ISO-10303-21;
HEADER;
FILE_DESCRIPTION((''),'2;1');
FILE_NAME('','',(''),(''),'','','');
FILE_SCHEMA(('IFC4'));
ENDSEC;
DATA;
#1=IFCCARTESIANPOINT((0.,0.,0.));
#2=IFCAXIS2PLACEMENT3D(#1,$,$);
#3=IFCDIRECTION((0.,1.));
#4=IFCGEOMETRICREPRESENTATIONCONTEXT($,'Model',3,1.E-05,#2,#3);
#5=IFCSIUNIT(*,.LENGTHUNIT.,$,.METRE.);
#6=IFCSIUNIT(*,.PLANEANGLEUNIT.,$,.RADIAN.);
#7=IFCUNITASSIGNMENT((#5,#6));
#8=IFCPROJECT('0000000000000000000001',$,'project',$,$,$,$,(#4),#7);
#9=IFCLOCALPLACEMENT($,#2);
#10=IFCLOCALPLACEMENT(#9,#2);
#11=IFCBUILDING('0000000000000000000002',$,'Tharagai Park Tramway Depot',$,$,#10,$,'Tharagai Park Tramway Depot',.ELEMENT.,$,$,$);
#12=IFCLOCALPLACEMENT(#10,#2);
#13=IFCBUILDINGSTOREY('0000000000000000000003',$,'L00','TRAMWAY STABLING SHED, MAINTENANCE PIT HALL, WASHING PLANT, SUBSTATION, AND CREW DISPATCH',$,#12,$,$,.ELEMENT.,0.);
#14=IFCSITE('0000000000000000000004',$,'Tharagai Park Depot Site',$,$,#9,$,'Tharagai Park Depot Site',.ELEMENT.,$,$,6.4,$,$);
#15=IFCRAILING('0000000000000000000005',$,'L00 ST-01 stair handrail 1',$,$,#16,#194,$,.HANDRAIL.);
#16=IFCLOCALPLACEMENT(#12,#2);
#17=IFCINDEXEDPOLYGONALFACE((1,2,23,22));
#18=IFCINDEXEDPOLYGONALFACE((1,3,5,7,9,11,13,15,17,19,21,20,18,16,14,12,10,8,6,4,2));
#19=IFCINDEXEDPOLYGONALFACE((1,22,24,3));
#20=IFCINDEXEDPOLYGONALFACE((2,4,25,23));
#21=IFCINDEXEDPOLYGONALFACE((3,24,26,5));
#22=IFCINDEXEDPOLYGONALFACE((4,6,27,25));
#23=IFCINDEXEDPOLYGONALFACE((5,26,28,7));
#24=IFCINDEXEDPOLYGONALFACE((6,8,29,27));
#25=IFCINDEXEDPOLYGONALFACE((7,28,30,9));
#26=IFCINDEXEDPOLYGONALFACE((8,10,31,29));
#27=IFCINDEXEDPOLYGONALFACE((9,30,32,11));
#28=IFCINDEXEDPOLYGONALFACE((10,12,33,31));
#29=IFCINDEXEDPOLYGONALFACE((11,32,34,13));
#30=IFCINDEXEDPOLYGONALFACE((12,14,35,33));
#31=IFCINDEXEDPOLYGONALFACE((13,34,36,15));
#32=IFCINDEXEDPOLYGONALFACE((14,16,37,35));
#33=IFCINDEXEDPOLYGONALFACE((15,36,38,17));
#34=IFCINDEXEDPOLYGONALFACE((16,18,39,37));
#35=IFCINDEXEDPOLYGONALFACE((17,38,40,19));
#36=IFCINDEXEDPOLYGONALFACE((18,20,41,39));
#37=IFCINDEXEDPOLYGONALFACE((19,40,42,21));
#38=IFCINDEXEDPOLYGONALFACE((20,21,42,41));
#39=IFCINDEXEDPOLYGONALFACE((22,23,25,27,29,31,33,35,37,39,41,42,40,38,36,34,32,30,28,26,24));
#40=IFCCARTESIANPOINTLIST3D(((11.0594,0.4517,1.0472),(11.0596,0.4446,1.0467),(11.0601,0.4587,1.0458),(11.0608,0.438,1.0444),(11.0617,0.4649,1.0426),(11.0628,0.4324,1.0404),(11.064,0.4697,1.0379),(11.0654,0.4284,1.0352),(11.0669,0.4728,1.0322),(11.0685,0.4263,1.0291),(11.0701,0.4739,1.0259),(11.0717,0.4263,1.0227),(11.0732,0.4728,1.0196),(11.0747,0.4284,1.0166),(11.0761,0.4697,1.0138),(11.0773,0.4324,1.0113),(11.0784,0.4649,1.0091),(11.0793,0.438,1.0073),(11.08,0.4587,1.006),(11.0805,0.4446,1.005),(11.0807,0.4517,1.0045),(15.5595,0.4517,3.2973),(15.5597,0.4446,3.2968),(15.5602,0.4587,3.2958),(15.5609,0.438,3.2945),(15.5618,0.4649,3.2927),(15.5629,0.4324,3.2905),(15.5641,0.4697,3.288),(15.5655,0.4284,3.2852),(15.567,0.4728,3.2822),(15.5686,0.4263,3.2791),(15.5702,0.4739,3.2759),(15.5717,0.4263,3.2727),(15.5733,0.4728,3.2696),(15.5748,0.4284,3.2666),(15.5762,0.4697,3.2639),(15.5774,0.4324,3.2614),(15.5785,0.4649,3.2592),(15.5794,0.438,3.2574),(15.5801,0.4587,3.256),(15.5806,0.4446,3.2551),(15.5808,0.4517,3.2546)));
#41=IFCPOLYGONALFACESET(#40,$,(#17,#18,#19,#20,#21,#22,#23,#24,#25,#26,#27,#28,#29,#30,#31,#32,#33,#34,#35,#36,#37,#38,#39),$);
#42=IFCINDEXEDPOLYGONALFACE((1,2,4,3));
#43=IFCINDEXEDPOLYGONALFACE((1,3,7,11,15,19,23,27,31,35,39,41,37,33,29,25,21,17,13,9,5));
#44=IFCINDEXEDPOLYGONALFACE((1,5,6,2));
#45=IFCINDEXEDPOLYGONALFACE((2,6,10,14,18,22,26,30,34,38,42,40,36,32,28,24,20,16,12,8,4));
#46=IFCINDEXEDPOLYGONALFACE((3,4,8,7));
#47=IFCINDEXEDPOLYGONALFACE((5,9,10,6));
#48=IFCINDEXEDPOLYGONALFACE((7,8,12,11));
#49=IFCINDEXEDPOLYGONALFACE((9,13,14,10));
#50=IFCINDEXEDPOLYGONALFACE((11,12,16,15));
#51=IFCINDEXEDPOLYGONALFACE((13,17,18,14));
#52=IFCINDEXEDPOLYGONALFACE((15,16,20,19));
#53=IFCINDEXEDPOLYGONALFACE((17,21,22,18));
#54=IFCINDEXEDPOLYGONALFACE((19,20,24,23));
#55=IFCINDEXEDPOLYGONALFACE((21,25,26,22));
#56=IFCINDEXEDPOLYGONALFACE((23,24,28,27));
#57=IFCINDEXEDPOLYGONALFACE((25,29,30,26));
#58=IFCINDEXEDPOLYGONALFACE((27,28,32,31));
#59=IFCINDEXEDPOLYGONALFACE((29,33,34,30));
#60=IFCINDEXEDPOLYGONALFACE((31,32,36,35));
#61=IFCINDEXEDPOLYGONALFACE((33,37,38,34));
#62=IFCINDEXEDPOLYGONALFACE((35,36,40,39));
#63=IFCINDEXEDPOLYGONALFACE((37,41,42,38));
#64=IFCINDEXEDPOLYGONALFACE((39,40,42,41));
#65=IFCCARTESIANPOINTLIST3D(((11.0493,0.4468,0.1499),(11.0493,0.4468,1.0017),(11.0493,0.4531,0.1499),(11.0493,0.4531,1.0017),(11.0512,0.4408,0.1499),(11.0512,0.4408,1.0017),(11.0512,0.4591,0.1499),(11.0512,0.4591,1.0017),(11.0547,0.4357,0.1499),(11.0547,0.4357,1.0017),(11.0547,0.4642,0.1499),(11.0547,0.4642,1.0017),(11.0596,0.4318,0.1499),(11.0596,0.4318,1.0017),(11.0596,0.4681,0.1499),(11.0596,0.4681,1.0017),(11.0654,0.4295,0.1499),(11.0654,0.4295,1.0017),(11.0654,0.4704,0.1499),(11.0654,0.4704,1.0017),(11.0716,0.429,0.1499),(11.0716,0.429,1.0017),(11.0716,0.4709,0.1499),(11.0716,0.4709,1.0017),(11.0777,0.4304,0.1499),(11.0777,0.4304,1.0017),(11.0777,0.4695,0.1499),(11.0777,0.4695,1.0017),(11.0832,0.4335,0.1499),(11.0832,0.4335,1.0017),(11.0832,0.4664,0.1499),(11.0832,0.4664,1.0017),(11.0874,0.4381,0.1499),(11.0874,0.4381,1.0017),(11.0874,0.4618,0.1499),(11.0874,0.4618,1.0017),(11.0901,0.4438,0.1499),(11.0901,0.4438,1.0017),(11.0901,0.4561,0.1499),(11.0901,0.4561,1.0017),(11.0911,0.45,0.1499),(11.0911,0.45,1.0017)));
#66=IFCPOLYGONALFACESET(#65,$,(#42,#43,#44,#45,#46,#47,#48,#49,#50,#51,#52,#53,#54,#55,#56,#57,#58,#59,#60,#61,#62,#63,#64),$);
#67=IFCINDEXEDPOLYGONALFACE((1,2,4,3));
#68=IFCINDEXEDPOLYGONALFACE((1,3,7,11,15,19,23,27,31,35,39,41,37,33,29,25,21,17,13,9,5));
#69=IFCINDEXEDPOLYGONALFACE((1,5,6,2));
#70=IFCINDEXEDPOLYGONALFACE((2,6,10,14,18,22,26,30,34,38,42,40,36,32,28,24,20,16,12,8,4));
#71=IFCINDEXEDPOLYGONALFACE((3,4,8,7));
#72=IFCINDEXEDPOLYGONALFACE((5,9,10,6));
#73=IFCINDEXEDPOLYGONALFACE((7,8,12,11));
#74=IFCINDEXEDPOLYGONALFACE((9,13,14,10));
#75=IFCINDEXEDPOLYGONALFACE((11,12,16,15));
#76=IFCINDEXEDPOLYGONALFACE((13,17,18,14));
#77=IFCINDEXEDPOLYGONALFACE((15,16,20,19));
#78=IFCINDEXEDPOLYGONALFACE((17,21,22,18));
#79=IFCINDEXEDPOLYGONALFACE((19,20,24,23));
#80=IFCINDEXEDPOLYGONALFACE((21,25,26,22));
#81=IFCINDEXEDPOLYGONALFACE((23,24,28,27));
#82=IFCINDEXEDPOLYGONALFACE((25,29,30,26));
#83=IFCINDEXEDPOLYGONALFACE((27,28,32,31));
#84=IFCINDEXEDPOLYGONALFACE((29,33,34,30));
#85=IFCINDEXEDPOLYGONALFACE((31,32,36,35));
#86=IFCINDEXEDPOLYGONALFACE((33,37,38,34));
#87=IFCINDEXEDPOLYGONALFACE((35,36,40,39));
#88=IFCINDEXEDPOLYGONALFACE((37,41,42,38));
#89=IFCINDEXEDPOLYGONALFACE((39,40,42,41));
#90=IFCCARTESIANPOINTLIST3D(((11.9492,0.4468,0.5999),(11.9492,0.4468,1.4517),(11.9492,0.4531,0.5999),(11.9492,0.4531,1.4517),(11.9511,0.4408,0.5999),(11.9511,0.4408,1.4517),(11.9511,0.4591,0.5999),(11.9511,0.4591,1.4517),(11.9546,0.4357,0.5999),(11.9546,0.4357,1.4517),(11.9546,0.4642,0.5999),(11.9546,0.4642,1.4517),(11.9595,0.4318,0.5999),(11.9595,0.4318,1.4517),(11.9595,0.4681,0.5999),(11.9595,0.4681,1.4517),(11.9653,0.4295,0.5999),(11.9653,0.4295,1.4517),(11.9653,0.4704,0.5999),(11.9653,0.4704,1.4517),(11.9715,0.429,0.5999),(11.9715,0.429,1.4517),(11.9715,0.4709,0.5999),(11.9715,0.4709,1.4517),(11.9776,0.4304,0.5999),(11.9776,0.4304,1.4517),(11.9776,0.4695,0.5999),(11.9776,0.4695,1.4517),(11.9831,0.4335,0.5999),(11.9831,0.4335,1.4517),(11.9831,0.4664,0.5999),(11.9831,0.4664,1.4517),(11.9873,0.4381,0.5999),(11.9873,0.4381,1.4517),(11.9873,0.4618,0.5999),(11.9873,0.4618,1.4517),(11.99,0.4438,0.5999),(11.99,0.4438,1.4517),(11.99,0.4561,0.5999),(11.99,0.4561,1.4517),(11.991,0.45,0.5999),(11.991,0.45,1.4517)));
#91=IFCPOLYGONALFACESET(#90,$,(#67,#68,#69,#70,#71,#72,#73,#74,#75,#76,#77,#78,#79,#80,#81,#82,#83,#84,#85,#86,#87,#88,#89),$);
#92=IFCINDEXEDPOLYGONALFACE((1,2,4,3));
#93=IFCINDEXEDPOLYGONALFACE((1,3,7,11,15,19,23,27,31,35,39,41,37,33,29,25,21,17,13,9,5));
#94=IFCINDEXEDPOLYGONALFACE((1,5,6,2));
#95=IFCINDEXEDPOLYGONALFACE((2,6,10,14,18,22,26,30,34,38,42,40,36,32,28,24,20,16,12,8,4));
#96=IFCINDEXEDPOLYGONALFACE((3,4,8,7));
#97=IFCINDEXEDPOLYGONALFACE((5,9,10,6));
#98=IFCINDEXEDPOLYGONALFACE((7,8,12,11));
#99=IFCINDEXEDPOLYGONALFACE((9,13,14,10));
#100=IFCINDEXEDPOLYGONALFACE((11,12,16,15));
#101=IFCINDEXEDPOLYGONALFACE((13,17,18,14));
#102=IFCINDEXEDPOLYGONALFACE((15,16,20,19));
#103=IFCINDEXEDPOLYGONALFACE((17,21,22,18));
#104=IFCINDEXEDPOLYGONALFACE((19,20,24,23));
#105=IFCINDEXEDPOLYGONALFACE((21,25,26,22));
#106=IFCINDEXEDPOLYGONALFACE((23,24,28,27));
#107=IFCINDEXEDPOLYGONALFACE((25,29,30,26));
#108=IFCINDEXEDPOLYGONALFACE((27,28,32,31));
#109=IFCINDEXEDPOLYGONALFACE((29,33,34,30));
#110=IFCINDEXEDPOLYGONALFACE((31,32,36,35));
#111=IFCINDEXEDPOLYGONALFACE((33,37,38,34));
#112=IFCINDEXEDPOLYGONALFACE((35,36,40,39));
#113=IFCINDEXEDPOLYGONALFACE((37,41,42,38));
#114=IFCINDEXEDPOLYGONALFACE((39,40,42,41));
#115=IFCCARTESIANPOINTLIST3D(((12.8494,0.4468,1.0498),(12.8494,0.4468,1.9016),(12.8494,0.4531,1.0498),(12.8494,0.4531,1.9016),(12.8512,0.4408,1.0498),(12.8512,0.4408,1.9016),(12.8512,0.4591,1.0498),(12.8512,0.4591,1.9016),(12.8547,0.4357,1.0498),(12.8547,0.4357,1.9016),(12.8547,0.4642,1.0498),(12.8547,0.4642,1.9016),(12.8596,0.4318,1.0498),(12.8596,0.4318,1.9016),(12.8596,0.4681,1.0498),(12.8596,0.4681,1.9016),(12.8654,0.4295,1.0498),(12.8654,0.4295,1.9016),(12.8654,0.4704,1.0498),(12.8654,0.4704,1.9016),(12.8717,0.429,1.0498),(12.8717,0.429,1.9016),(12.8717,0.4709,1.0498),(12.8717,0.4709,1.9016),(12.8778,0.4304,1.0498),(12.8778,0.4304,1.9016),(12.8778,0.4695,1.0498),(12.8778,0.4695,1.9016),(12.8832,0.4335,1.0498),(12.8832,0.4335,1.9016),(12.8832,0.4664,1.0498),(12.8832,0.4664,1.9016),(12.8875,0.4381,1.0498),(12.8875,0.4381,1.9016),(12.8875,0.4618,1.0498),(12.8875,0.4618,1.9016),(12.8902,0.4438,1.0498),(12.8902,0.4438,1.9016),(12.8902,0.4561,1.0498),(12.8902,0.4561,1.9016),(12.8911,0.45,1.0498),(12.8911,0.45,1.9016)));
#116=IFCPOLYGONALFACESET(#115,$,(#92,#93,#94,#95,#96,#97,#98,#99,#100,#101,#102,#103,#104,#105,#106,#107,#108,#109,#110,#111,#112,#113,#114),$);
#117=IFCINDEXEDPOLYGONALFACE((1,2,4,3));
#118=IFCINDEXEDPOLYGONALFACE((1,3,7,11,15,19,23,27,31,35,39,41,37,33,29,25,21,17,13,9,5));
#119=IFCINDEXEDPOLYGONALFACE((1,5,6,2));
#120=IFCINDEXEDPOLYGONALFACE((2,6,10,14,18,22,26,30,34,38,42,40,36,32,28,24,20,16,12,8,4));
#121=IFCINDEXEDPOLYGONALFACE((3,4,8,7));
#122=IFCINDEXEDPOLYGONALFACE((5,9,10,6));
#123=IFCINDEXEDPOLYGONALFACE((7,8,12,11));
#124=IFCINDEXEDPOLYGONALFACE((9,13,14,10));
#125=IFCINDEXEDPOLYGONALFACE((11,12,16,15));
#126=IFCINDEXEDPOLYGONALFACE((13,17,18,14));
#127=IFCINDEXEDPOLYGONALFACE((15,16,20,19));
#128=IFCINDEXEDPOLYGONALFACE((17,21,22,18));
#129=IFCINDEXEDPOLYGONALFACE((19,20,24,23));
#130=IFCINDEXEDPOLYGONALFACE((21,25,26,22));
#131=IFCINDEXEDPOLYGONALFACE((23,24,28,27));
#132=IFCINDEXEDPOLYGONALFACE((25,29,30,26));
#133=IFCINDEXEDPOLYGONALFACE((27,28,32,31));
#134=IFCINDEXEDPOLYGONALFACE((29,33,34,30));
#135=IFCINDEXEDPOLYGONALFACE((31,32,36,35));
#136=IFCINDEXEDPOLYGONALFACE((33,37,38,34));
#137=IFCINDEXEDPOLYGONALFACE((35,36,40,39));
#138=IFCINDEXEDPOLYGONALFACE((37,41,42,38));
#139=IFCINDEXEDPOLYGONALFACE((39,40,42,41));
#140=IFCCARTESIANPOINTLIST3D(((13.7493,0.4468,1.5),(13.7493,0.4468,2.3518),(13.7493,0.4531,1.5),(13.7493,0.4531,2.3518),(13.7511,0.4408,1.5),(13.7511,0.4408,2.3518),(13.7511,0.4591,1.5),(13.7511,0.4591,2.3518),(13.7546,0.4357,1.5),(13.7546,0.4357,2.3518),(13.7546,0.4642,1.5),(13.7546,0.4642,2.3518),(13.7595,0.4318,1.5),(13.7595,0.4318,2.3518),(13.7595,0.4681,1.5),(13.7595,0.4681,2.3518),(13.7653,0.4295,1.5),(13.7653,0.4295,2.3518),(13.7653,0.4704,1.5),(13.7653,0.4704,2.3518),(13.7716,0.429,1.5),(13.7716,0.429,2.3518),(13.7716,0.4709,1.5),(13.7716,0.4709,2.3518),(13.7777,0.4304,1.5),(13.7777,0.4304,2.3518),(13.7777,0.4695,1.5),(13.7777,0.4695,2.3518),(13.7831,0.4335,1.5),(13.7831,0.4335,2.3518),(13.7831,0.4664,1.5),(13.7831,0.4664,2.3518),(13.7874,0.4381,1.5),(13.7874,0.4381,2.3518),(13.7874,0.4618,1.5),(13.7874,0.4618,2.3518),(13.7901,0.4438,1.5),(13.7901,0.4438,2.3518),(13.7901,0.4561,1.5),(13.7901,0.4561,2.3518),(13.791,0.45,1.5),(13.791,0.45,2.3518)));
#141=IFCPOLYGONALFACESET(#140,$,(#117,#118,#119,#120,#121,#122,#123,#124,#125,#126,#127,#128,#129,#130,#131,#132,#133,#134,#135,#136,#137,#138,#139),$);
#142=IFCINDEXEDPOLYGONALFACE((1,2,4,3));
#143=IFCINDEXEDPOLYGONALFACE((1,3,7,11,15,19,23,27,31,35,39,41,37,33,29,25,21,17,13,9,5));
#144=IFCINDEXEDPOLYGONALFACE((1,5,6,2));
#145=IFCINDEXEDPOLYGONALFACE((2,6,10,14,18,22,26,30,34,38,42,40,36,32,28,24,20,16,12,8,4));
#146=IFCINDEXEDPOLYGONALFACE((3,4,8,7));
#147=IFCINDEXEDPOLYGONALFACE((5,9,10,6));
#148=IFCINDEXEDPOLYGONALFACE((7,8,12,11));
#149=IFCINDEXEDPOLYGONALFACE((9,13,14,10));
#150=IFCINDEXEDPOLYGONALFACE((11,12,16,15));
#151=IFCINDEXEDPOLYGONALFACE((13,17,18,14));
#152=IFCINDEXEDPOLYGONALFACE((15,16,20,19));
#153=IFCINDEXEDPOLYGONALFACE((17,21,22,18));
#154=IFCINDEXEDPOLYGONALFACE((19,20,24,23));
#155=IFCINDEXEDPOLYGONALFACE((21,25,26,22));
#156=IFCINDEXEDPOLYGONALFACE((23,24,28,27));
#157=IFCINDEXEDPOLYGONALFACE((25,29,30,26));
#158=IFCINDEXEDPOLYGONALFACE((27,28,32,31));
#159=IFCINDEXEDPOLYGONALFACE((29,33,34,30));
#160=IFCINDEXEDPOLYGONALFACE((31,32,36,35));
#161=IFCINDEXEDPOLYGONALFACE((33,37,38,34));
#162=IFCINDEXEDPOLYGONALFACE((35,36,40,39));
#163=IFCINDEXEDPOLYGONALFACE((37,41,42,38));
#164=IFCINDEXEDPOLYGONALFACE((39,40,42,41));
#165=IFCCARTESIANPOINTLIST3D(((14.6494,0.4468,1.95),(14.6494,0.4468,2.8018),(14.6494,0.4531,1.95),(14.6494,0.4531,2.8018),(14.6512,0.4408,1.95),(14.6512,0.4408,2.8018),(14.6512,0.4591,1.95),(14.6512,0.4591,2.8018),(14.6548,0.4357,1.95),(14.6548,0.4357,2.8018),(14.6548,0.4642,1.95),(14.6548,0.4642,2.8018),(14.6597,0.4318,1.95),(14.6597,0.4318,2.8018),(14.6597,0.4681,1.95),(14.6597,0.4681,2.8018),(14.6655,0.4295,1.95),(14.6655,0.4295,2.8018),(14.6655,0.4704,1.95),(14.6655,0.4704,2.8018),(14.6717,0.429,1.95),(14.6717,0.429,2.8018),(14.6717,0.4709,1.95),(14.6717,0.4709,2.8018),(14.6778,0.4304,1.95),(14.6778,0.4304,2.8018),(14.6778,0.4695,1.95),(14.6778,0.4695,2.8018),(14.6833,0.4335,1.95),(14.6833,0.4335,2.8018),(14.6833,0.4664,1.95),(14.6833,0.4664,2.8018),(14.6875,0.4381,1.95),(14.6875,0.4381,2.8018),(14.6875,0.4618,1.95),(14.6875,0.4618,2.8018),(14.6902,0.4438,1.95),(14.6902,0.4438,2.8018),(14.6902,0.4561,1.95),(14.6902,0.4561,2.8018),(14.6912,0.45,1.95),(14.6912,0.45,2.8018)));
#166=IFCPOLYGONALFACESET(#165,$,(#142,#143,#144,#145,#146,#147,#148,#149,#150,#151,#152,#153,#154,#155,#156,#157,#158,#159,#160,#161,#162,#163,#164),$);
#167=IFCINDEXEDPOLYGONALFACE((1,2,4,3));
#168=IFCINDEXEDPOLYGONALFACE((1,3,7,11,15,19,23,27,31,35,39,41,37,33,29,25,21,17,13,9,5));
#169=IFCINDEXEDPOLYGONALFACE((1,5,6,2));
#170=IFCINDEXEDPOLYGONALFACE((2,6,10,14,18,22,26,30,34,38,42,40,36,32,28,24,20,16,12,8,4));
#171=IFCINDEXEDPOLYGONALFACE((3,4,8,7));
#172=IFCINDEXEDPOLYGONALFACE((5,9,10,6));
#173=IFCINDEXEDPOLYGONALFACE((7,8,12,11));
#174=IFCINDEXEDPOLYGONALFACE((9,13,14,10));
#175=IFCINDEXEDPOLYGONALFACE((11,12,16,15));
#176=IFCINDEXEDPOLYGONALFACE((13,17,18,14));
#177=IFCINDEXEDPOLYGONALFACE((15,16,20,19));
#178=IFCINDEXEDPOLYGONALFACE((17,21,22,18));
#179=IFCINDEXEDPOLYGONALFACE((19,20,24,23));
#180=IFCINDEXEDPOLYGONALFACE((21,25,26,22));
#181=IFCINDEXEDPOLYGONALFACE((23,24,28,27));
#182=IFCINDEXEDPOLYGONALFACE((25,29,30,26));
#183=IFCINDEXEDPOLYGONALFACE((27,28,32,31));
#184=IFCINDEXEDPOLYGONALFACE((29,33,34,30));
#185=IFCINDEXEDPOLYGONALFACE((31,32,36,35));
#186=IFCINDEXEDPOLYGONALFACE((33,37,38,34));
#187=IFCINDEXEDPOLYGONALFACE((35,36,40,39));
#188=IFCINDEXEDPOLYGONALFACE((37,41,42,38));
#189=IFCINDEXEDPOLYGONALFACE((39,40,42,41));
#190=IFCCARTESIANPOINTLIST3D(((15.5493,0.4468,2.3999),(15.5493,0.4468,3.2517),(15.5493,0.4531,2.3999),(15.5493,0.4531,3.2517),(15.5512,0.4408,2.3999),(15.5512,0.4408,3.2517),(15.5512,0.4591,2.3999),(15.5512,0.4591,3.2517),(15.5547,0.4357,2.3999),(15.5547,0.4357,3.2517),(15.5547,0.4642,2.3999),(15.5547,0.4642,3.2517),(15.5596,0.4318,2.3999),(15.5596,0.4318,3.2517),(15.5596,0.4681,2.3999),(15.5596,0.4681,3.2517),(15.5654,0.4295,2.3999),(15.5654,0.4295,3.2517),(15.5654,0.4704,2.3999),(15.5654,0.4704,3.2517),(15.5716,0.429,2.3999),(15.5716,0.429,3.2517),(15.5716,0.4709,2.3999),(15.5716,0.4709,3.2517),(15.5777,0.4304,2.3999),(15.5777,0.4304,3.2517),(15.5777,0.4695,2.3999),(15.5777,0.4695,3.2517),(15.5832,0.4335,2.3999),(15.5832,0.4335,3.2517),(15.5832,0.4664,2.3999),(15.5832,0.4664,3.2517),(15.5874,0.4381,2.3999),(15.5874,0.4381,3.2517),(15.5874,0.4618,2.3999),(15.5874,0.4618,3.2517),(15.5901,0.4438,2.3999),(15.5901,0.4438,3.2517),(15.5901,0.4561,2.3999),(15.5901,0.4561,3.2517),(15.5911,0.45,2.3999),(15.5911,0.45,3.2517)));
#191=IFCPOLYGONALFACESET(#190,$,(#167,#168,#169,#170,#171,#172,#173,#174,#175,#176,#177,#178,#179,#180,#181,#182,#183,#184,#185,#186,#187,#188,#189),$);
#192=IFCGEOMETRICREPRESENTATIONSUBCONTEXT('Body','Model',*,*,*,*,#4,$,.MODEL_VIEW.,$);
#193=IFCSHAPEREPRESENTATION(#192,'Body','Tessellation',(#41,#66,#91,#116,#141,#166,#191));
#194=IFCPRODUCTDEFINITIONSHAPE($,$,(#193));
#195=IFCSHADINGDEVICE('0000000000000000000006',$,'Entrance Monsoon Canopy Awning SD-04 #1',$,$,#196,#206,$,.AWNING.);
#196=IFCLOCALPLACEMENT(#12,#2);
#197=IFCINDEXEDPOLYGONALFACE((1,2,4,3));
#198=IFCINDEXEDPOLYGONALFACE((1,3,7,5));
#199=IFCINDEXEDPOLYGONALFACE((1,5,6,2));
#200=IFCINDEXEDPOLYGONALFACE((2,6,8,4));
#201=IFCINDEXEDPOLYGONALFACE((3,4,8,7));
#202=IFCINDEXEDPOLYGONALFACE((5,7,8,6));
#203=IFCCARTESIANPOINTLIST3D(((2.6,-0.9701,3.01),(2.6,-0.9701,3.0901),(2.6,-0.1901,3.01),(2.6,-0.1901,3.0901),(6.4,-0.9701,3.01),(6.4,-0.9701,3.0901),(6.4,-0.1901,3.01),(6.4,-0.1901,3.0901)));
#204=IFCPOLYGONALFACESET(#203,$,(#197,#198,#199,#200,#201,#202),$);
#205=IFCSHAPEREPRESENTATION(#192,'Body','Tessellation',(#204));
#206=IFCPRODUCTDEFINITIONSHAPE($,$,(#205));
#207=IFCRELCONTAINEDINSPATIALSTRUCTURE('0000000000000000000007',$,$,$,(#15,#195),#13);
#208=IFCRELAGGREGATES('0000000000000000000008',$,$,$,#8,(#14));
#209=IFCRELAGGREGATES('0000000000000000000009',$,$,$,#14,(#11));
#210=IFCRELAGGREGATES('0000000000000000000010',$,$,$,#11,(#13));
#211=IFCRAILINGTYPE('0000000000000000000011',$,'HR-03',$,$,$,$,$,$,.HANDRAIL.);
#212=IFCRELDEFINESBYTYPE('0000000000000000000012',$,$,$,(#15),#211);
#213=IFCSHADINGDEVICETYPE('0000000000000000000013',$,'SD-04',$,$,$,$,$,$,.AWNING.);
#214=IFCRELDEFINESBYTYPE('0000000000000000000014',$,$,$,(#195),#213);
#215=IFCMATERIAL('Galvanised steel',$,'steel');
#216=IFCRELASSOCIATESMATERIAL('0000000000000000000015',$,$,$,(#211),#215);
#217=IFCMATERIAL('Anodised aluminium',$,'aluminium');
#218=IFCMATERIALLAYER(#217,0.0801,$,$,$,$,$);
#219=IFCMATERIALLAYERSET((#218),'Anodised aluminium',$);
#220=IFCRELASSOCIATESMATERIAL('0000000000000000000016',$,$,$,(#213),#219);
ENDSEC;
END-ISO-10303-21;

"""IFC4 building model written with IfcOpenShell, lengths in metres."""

from ifc_helpers import new_model, si_unit, direction, frame, origin, origin_2d, place, context, subcontext, project, spatial, rectangle, circle, extrude, material, layer, layer_set, type_object, element, save


model = new_model("IFC4")

# Units and contexts
model_context = context("Model", 3, precision=1e-05, world=origin(), true_north=direction((0.0, 1.0)))
body_context = subcontext(model_context, "Body", "Model", "MODEL_VIEW")
ifc_project = project(units=[si_unit("LENGTHUNIT", "METRE"), si_unit("PLANEANGLEUNIT", "RADIAN")], contexts=[model_context])

# Site, building, storey
site_placement = place(None, origin())
site = spatial("IfcSite", under=ifc_project, at=site_placement, Name="Tharagai Park Depot Site", LongName="Tharagai Park Depot Site", CompositionType="ELEMENT", RefElevation=6.4)
building_placement = place(site_placement, origin())
building = spatial("IfcBuilding", under=site, at=building_placement, Name="Tharagai Park Tramway Depot", LongName="Tharagai Park Tramway Depot", CompositionType="ELEMENT")
storey_placement = place(building_placement, origin())
storey = spatial("IfcBuildingStorey", under=building, at=storey_placement, Name="L00", Description="TRAMWAY STABLING SHED, MAINTENANCE PIT HALL, WASHING PLANT, SUBSTATION, AND CREW DISPATCH", CompositionType="ELEMENT", Elevation=0.0)

# Shared definitions
ifc_material_1 = material(Name="Anodised aluminium", Category="aluminium")

# Shared definitions
ifc_material_2 = material(Name="Galvanised steel", Category="steel")

# Railing
railing_type_1 = type_object("IfcRailingType", Name="HR-03", PredefinedType="HANDRAIL", material=ifc_material_2)
railing_1_placement = place(storey_placement, frame((11.0701, 0.45, 0.1499)))
element("IfcRailing", 1, at=railing_1_placement, inside=storey, type_object=railing_type_1, Name="L00 ST-01 stair handrail 1", PredefinedType="HANDRAIL", context=body_context, shape_type="SweptSolid", body=[
    extrude(circle(Radius=0.0239, at=origin_2d()), frame((0.0, 0.0, 0.876), z_axis=(0.894427, 0.0, 0.447214), x_axis=(0.0, 1.0, 0.0)), (0.0, 0.0, 1.0), 5.0312),
    extrude(circle(Radius=0.021, at=origin_2d()), origin(), (0.0, 0.0, 1.0), 0.8518),
    extrude(circle(Radius=0.021, at=origin_2d()), frame((0.8999, 0.0, 0.45)), (0.0, 0.0, 1.0), 0.8518),
    extrude(circle(Radius=0.021, at=origin_2d()), frame((1.8, 0.0, 0.8999)), (0.0, 0.0, 1.0), 0.8518),
    extrude(circle(Radius=0.021, at=origin_2d()), frame((2.7, 0.0, 1.3501)), (0.0, 0.0, 1.0), 0.8518),
    extrude(circle(Radius=0.021, at=origin_2d()), frame((3.6001, 0.0, 1.8)), (0.0, 0.0, 1.0), 0.8518),
    extrude(circle(Radius=0.021, at=origin_2d()), frame((4.5, 0.0, 2.25)), (0.0, 0.0, 1.0), 0.8518),
])

# Shading device
ifc_layer_1 = layer(ifc_material_1, 0.0801)
ifc_layer_set_1 = layer_set([ifc_layer_1], Name="Anodised aluminium")
shading_device_type = type_object("IfcShadingDeviceType", Name="SD-04", PredefinedType="AWNING", material=ifc_layer_set_1)
shading_device_placement = place(storey_placement, frame((4.5, -0.5801, 3.01), z_axis=(0.0, 0.0, 1.0), x_axis=(1.0, 0.0, 0.0)))
element("IfcShadingDevice", 2, at=shading_device_placement, inside=storey, type_object=shading_device_type, Name="Entrance Monsoon Canopy Awning SD-04 #1", PredefinedType="AWNING", context=body_context, shape_type="SweptSolid", body=[
    extrude(rectangle(XDim=3.8, YDim=0.78, at=origin_2d()), origin(), (0.0, 0.0, 1.0), 0.0801),
])

save(model, "model.ifc")
